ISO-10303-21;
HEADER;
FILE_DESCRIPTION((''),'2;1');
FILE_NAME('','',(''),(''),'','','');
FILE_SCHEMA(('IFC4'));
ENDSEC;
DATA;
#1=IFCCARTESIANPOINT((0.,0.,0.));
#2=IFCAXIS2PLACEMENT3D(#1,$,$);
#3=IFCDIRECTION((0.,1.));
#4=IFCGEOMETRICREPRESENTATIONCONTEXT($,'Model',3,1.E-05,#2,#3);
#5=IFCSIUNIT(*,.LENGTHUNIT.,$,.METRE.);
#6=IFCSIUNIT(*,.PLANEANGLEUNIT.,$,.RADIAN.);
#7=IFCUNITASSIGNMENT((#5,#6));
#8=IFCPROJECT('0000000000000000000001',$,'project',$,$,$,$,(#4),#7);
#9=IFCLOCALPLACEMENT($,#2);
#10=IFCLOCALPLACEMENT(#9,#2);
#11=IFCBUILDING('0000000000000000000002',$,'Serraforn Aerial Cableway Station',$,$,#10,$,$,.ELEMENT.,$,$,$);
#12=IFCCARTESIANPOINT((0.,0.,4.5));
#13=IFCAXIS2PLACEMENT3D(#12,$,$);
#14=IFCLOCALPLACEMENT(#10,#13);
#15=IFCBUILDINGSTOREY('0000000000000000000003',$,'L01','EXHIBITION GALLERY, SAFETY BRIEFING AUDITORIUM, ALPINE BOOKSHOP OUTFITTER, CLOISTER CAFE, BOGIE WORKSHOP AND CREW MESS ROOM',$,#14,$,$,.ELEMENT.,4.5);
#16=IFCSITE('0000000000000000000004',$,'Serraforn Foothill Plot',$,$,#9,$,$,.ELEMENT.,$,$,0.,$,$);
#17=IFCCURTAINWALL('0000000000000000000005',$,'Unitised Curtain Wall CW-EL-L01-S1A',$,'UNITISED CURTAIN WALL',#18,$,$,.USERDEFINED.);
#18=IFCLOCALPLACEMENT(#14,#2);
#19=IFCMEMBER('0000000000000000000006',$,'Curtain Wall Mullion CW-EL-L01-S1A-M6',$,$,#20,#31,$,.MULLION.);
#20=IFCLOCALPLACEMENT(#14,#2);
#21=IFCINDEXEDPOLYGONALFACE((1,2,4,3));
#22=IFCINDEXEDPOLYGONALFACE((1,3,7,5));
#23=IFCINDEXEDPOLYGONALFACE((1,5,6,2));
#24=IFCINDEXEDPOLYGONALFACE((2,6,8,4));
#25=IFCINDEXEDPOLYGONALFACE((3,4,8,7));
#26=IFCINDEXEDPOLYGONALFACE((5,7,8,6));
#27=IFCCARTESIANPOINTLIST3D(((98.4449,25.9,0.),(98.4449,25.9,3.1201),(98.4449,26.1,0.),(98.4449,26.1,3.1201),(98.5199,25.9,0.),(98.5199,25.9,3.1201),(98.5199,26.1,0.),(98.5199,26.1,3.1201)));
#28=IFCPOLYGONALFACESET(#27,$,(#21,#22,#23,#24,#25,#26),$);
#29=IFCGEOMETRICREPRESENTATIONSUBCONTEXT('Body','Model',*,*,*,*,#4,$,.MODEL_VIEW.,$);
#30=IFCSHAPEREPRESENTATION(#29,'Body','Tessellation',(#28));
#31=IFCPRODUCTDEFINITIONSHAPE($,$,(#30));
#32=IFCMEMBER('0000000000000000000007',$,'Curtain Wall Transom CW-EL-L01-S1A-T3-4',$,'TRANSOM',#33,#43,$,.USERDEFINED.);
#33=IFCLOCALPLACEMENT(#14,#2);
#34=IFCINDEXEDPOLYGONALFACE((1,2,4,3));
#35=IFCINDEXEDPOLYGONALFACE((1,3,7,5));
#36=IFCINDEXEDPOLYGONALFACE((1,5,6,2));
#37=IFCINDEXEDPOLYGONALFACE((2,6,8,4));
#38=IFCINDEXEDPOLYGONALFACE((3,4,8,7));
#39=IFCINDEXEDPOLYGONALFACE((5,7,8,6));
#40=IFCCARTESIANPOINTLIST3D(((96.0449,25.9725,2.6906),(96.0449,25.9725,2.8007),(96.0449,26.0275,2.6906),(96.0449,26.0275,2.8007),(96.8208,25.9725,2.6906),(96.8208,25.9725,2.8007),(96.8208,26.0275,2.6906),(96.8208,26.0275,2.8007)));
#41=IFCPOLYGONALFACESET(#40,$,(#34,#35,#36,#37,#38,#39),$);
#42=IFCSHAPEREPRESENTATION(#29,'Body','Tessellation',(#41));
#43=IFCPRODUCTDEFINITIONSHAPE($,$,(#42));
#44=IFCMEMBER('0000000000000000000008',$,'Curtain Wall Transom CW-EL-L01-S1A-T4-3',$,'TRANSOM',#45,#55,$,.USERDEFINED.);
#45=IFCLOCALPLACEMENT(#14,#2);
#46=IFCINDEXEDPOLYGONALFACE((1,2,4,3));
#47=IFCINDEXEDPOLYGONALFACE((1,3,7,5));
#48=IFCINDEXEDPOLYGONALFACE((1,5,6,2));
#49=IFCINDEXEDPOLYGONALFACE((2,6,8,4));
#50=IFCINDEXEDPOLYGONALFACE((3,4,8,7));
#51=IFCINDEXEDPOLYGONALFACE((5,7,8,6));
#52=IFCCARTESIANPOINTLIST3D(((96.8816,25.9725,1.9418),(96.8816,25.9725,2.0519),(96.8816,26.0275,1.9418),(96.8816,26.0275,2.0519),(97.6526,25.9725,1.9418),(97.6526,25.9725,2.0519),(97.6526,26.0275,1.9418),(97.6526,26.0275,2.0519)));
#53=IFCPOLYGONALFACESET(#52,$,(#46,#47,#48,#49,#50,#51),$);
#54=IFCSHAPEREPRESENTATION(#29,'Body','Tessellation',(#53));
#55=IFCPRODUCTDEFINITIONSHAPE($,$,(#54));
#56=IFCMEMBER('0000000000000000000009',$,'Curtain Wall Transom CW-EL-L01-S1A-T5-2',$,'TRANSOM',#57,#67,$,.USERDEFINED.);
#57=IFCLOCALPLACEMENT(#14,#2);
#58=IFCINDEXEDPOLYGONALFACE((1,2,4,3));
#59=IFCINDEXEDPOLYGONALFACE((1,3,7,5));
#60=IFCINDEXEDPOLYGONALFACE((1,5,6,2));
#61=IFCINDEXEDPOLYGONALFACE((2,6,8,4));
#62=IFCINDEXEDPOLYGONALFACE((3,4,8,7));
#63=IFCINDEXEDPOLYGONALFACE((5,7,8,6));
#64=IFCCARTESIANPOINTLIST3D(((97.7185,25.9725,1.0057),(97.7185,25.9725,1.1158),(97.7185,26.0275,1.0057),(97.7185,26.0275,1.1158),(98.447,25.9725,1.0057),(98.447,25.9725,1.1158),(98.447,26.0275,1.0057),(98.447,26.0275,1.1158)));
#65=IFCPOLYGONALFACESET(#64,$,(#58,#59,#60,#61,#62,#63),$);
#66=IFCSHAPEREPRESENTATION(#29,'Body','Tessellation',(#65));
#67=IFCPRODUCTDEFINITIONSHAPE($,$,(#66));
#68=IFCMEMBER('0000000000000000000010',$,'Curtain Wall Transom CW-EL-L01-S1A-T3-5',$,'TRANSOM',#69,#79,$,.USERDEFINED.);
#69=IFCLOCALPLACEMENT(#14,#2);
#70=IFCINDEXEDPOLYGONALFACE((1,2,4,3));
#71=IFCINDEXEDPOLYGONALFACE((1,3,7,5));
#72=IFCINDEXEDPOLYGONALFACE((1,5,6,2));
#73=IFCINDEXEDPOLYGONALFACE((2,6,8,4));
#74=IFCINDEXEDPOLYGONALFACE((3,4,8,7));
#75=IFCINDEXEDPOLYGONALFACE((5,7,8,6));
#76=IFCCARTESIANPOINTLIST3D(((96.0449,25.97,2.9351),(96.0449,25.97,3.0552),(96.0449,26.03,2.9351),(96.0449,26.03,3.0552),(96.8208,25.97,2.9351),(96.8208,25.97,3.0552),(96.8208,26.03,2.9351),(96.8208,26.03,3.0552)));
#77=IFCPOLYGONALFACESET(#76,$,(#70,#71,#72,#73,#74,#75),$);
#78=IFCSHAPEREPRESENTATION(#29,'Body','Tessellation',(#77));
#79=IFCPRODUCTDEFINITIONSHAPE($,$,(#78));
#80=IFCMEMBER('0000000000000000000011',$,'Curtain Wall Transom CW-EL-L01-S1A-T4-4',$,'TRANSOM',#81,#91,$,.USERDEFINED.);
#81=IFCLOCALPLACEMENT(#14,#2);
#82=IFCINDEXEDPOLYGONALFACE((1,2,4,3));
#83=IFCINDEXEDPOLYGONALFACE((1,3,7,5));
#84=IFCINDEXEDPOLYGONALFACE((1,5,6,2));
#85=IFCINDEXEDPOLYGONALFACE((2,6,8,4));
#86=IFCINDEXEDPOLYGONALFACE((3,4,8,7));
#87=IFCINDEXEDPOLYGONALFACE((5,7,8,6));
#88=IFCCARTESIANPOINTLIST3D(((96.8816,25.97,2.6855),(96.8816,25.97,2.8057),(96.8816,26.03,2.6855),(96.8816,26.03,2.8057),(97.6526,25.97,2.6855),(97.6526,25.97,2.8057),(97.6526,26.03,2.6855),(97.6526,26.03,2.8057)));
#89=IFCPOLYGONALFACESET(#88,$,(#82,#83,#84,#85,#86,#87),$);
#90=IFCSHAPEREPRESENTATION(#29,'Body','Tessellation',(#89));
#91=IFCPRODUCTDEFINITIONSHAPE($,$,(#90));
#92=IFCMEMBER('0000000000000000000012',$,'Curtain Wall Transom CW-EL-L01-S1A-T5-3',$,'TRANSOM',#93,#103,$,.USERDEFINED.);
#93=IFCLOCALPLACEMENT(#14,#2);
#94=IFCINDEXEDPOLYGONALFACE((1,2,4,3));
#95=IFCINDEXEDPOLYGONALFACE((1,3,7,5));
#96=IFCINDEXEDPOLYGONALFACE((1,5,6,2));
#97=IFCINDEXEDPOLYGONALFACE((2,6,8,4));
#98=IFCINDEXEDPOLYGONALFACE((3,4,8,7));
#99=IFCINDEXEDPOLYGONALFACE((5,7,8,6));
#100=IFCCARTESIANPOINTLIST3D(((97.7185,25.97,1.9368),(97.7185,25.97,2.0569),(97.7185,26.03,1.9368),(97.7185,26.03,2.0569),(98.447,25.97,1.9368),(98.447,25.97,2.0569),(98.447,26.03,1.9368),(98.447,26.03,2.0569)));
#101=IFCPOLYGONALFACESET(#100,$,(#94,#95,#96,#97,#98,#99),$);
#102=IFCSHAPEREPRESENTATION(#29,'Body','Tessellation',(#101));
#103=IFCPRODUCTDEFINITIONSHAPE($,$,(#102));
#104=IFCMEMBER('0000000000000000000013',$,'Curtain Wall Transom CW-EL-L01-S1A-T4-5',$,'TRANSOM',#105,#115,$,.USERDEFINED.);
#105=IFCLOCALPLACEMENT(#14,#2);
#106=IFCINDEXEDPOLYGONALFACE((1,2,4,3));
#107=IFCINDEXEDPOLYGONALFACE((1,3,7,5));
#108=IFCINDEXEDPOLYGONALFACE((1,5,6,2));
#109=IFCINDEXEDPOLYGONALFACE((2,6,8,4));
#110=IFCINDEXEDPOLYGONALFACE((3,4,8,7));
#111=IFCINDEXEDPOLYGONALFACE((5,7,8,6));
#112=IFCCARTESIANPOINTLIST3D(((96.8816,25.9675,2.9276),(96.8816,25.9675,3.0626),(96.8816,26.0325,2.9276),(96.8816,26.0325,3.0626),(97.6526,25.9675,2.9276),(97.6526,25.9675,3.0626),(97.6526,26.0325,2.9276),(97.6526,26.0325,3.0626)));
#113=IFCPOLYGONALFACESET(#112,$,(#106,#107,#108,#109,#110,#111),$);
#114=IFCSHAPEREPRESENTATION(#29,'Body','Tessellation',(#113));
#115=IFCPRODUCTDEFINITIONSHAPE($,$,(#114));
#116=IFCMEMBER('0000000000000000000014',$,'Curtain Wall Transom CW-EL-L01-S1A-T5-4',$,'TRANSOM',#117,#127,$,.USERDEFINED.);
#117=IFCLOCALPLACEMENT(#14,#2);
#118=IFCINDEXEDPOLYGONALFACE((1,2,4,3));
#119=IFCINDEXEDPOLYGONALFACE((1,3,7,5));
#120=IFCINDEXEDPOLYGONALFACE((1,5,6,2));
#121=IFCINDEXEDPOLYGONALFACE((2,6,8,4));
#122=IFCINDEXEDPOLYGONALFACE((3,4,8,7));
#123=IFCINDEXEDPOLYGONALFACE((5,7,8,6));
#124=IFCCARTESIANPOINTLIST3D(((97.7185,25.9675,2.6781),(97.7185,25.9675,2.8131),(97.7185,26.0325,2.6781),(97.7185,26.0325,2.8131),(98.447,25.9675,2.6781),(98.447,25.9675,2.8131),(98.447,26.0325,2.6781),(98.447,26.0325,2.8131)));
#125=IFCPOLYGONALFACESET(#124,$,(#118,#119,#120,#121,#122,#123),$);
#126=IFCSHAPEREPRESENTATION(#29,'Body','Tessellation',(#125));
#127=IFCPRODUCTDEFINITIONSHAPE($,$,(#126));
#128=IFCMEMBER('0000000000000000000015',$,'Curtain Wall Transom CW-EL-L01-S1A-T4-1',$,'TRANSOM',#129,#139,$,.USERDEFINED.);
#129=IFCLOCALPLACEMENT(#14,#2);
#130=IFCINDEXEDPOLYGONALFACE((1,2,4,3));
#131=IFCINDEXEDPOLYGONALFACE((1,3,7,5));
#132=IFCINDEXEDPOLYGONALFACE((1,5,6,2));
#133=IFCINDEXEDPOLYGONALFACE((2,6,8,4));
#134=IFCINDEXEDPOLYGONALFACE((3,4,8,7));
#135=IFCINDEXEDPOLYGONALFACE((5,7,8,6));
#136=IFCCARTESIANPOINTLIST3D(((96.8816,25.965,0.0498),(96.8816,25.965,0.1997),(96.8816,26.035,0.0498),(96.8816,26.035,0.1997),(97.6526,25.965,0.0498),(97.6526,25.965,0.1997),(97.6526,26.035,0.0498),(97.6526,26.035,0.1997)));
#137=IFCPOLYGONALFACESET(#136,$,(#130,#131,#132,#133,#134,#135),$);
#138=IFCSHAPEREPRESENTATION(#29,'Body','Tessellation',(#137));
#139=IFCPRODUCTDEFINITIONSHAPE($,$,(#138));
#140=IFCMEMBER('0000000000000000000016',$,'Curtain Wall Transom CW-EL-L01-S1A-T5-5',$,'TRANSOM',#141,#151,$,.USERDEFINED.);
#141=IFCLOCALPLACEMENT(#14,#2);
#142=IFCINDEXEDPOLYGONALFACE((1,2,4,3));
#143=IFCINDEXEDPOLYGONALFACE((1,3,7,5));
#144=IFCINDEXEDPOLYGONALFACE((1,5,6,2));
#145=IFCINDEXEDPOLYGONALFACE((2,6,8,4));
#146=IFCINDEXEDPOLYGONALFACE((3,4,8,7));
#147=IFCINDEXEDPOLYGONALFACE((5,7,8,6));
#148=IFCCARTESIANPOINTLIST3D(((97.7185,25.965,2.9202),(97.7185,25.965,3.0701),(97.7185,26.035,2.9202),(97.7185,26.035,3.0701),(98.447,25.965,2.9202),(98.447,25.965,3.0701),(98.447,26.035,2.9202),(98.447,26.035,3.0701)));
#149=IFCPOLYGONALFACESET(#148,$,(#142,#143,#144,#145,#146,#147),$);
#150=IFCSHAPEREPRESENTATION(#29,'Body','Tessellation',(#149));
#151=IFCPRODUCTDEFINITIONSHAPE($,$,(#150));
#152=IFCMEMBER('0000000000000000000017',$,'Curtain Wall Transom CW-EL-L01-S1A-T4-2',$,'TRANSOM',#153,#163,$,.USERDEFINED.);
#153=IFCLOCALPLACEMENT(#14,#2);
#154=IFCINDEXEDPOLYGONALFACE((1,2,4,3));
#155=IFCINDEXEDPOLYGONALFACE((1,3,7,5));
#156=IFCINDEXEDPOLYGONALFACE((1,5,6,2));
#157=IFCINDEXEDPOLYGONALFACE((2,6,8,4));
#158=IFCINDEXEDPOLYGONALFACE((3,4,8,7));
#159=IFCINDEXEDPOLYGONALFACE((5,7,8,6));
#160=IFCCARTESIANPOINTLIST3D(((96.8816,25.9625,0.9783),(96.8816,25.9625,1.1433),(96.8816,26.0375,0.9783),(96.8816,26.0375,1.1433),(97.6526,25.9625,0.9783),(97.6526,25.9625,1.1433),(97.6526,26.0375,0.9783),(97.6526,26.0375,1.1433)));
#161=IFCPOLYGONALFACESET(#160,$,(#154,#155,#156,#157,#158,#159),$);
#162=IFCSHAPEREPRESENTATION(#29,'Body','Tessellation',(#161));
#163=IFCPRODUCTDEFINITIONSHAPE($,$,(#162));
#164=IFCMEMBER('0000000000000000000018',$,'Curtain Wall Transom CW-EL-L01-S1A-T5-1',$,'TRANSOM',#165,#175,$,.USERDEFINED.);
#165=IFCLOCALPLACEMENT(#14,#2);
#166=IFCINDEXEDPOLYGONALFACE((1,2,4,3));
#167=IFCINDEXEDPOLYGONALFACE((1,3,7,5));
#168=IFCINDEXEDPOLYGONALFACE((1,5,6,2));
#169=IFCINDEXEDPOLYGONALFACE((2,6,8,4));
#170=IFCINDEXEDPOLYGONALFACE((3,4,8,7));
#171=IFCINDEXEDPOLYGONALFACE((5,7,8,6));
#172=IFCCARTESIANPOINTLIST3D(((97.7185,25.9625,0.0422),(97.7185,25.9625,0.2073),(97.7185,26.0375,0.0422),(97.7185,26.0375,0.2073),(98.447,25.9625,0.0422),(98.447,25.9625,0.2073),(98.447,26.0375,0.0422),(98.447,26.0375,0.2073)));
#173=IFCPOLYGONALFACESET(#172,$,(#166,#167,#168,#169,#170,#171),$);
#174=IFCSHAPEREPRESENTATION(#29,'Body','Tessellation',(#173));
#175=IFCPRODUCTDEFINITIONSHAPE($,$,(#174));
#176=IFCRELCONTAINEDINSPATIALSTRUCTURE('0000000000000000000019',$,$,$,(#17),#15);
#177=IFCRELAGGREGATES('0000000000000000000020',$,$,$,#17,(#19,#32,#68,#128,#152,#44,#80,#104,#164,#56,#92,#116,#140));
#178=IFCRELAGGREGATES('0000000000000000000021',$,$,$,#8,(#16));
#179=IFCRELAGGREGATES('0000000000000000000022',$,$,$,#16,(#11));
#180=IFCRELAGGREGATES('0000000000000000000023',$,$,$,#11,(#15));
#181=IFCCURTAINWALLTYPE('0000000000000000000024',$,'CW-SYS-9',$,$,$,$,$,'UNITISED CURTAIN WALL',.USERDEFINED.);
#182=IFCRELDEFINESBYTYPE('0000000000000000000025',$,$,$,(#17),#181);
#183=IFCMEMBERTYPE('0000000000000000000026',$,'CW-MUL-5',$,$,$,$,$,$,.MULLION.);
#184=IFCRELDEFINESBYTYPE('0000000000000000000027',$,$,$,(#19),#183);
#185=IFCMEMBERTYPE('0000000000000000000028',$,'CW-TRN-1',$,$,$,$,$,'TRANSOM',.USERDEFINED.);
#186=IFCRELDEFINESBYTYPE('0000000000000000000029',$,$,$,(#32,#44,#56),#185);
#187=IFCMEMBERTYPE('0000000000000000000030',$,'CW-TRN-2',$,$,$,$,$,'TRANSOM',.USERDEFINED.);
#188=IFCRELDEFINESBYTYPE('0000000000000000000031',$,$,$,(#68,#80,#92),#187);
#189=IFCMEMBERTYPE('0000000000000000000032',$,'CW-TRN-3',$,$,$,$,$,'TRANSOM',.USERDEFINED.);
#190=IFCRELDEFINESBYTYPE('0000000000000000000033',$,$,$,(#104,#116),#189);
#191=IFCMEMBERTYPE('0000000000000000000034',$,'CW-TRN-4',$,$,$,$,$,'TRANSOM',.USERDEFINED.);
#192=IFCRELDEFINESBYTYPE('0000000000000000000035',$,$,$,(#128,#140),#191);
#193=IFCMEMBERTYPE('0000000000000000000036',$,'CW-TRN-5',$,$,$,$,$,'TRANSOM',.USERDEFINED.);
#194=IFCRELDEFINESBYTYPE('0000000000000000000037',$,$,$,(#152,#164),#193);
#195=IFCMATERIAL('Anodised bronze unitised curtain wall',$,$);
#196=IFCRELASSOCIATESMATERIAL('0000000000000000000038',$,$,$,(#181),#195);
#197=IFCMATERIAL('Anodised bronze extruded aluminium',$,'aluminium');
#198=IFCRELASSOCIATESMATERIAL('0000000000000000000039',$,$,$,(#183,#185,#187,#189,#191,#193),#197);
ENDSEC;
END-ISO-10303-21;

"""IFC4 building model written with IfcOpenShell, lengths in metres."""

from ifc_helpers import new_model, si_unit, direction, frame, origin, origin_2d, place, context, subcontext, project, spatial, rectangle, extrude, material, material_profile, profile_set, type_object, element, aggregate, save


model = new_model("IFC4")

# Units and contexts
model_context = context("Model", 3, precision=1e-05, world=origin(), true_north=direction((0.0, 1.0)))
body_context = subcontext(model_context, "Body", "Model", "MODEL_VIEW")
ifc_project = project(units=[si_unit("LENGTHUNIT", "METRE"), si_unit("PLANEANGLEUNIT", "RADIAN")], contexts=[model_context])

# Site, building, storey
site_placement = place(None, origin())
site = spatial("IfcSite", under=ifc_project, at=site_placement, Name="Serraforn Foothill Plot", CompositionType="ELEMENT", RefElevation=0.0)
building_placement = place(site_placement, origin())
building = spatial("IfcBuilding", under=site, at=building_placement, Name="Serraforn Aerial Cableway Station", CompositionType="ELEMENT")
storey_placement = place(building_placement, frame((0.0, 0.0, 4.5)))
storey = spatial("IfcBuildingStorey", under=building, at=storey_placement, Name="L01", Description="EXHIBITION GALLERY, SAFETY BRIEFING AUDITORIUM, ALPINE BOOKSHOP OUTFITTER, CLOISTER CAFE, BOGIE WORKSHOP AND CREW MESS ROOM", CompositionType="ELEMENT", Elevation=4.5)

# Shared definitions
ifc_material_1 = material(Name="Anodised bronze unitised curtain wall")
ifc_material_2 = material(Name="Anodised bronze extruded aluminium", Category="aluminium")

# Curtain wall, members
curtain_wall_type_1 = type_object("IfcCurtainWallType", Name="CW-SYS-9", ElementType="UNITISED CURTAIN WALL", PredefinedType="USERDEFINED", material=ifc_material_1)
curtain_wall_1_placement = place(storey_placement, origin())
curtain_wall_1 = element("IfcCurtainWall", 1, at=curtain_wall_1_placement, inside=storey, type_object=curtain_wall_type_1, Name="Unitised Curtain Wall CW-EL-L01-S1A", ObjectType="UNITISED CURTAIN WALL", PredefinedType="USERDEFINED")
ifc_material_profile_1 = material_profile(ifc_material_2, rectangle(XDim=0.075, YDim=0.2, at=origin_2d()), Name="CW MULLION 75x200")
ifc_profile_set_1 = profile_set([ifc_material_profile_1], Name="Anodised bronze extruded aluminium")
member_type_1 = type_object("IfcMemberType", Name="CW-MUL-5", PredefinedType="MULLION", material=ifc_profile_set_1)
member_1_placement = place(storey_placement, frame((98.4824, 26.0, 0.0), z_axis=(0.0, 0.0, 1.0), x_axis=(1.0, 0.0, 0.0)))
member_1 = element("IfcMember", 2, at=member_1_placement, type_object=member_type_1, Name="Curtain Wall Mullion CW-EL-L01-S1A-M6", PredefinedType="MULLION", context=body_context, shape_type="SweptSolid", body=[
    extrude(rectangle(XDim=0.075, YDim=0.2, at=origin_2d()), origin(), (0.0, 0.0, 1.0), 3.1201),
])
ifc_material_profile_2 = material_profile(ifc_material_2, rectangle(XDim=0.0549, YDim=0.1101, at=origin_2d()), Name="CW TRANSOM 55x110")
ifc_profile_set_2 = profile_set([ifc_material_profile_2], Name="Anodised bronze extruded aluminium")
member_type_2 = type_object("IfcMemberType", Name="CW-TRN-1", ElementType="TRANSOM", PredefinedType="USERDEFINED", material=ifc_profile_set_2)
member_2_placement = place(storey_placement, frame((96.0449, 26.0, 2.7456), z_axis=(1.0, 0.0, 0.0), x_axis=(0.0, 1.0, 0.0)))
member_2 = element("IfcMember", 3, at=member_2_placement, type_object=member_type_2, Name="Curtain Wall Transom CW-EL-L01-S1A-T3-4", ObjectType="TRANSOM", PredefinedType="USERDEFINED", context=body_context, shape_type="SweptSolid", body=[
    extrude(rectangle(XDim=0.0549, YDim=0.1101, at=origin_2d()), origin(), (0.0, 0.0, 1.0), 0.7759),
])
member_3_placement = place(storey_placement, frame((96.8816, 26.0, 1.9968), z_axis=(1.0, 0.0, 0.0), x_axis=(0.0, 1.0, 0.0)))
member_3 = element("IfcMember", 4, at=member_3_placement, type_object=member_type_2, Name="Curtain Wall Transom CW-EL-L01-S1A-T4-3", ObjectType="TRANSOM", PredefinedType="USERDEFINED", context=body_context, shape_type="SweptSolid", body=[
    extrude(rectangle(XDim=0.0549, YDim=0.1101, at=origin_2d()), origin(), (0.0, 0.0, 1.0), 0.771),
])
member_4_placement = place(storey_placement, frame((97.7185, 26.0, 1.0608), z_axis=(1.0, 0.0, 0.0), x_axis=(0.0, 1.0, 0.0)))
member_4 = element("IfcMember", 5, at=member_4_placement, type_object=member_type_2, Name="Curtain Wall Transom CW-EL-L01-S1A-T5-2", ObjectType="TRANSOM", PredefinedType="USERDEFINED", context=body_context, shape_type="SweptSolid", body=[
    extrude(rectangle(XDim=0.0549, YDim=0.1101, at=origin_2d()), origin(), (0.0, 0.0, 1.0), 0.7285),
])
ifc_material_profile_3 = material_profile(ifc_material_2, rectangle(XDim=0.0601, YDim=0.1201, at=origin_2d()), Name="CW TRANSOM 60x120")
ifc_profile_set_3 = profile_set([ifc_material_profile_3], Name="Anodised bronze extruded aluminium")
member_type_3 = type_object("IfcMemberType", Name="CW-TRN-2", ElementType="TRANSOM", PredefinedType="USERDEFINED", material=ifc_profile_set_3)
member_5_placement = place(storey_placement, frame((96.0449, 26.0, 2.9951), z_axis=(1.0, 0.0, 0.0), x_axis=(0.0, 1.0, 0.0)))
member_5 = element("IfcMember", 6, at=member_5_placement, type_object=member_type_3, Name="Curtain Wall Transom CW-EL-L01-S1A-T3-5", ObjectType="TRANSOM", PredefinedType="USERDEFINED", context=body_context, shape_type="SweptSolid", body=[
    extrude(rectangle(XDim=0.0601, YDim=0.1201, at=origin_2d()), origin(), (0.0, 0.0, 1.0), 0.7759),
])
member_6_placement = place(storey_placement, frame((96.8816, 26.0, 2.7456), z_axis=(1.0, 0.0, 0.0), x_axis=(0.0, 1.0, 0.0)))
member_6 = element("IfcMember", 7, at=member_6_placement, type_object=member_type_3, Name="Curtain Wall Transom CW-EL-L01-S1A-T4-4", ObjectType="TRANSOM", PredefinedType="USERDEFINED", context=body_context, shape_type="SweptSolid", body=[
    extrude(rectangle(XDim=0.0601, YDim=0.1201, at=origin_2d()), origin(), (0.0, 0.0, 1.0), 0.771),
])
member_7_placement = place(storey_placement, frame((97.7185, 26.0, 1.9968), z_axis=(1.0, 0.0, 0.0), x_axis=(0.0, 1.0, 0.0)))
member_7 = element("IfcMember", 8, at=member_7_placement, type_object=member_type_3, Name="Curtain Wall Transom CW-EL-L01-S1A-T5-3", ObjectType="TRANSOM", PredefinedType="USERDEFINED", context=body_context, shape_type="SweptSolid", body=[
    extrude(rectangle(XDim=0.0601, YDim=0.1201, at=origin_2d()), origin(), (0.0, 0.0, 1.0), 0.7285),
])
ifc_material_profile_4 = material_profile(ifc_material_2, rectangle(XDim=0.0649, YDim=0.135, at=origin_2d()), Name="CW TRANSOM 65x135")
ifc_profile_set_4 = profile_set([ifc_material_profile_4], Name="Anodised bronze extruded aluminium")
member_type_4 = type_object("IfcMemberType", Name="CW-TRN-3", ElementType="TRANSOM", PredefinedType="USERDEFINED", material=ifc_profile_set_4)
member_8_placement = place(storey_placement, frame((96.8816, 26.0, 2.9951), z_axis=(1.0, 0.0, 0.0), x_axis=(0.0, 1.0, 0.0)))
member_8 = element("IfcMember", 9, at=member_8_placement, type_object=member_type_4, Name="Curtain Wall Transom CW-EL-L01-S1A-T4-5", ObjectType="TRANSOM", PredefinedType="USERDEFINED", context=body_context, shape_type="SweptSolid", body=[
    extrude(rectangle(XDim=0.0649, YDim=0.135, at=origin_2d()), origin(), (0.0, 0.0, 1.0), 0.771),
])
member_9_placement = place(storey_placement, frame((97.7185, 26.0, 2.7456), z_axis=(1.0, 0.0, 0.0), x_axis=(0.0, 1.0, 0.0)))
member_9 = element("IfcMember", 10, at=member_9_placement, type_object=member_type_4, Name="Curtain Wall Transom CW-EL-L01-S1A-T5-4", ObjectType="TRANSOM", PredefinedType="USERDEFINED", context=body_context, shape_type="SweptSolid", body=[
    extrude(rectangle(XDim=0.0649, YDim=0.135, at=origin_2d()), origin(), (0.0, 0.0, 1.0), 0.7285),
])
ifc_material_profile_5 = material_profile(ifc_material_2, rectangle(XDim=0.0701, YDim=0.1499, at=origin_2d()), Name="CW TRANSOM 70x150")
ifc_profile_set_5 = profile_set([ifc_material_profile_5], Name="Anodised bronze extruded aluminium")
member_type_5 = type_object("IfcMemberType", Name="CW-TRN-4", ElementType="TRANSOM", PredefinedType="USERDEFINED", material=ifc_profile_set_5)
member_10_placement = place(storey_placement, frame((96.8816, 26.0, 0.1248), z_axis=(1.0, 0.0, 0.0), x_axis=(0.0, 1.0, 0.0)))
member_10 = element("IfcMember", 11, at=member_10_placement, type_object=member_type_5, Name="Curtain Wall Transom CW-EL-L01-S1A-T4-1", ObjectType="TRANSOM", PredefinedType="USERDEFINED", context=body_context, shape_type="SweptSolid", body=[
    extrude(rectangle(XDim=0.0701, YDim=0.1499, at=origin_2d()), origin(), (0.0, 0.0, 1.0), 0.771),
])
member_11_placement = place(storey_placement, frame((97.7185, 26.0, 2.9951), z_axis=(1.0, 0.0, 0.0), x_axis=(0.0, 1.0, 0.0)))
member_11 = element("IfcMember", 12, at=member_11_placement, type_object=member_type_5, Name="Curtain Wall Transom CW-EL-L01-S1A-T5-5", ObjectType="TRANSOM", PredefinedType="USERDEFINED", context=body_context, shape_type="SweptSolid", body=[
    extrude(rectangle(XDim=0.0701, YDim=0.1499, at=origin_2d()), origin(), (0.0, 0.0, 1.0), 0.7285),
])
ifc_material_profile_6 = material_profile(ifc_material_2, rectangle(XDim=0.075, YDim=0.165, at=origin_2d()), Name="CW TRANSOM 75x165")
ifc_profile_set_6 = profile_set([ifc_material_profile_6], Name="Anodised bronze extruded aluminium")
member_type_6 = type_object("IfcMemberType", Name="CW-TRN-5", ElementType="TRANSOM", PredefinedType="USERDEFINED", material=ifc_profile_set_6)
member_12_placement = place(storey_placement, frame((96.8816, 26.0, 1.0608), z_axis=(1.0, 0.0, 0.0), x_axis=(0.0, 1.0, 0.0)))
member_12 = element("IfcMember", 13, at=member_12_placement, type_object=member_type_6, Name="Curtain Wall Transom CW-EL-L01-S1A-T4-2", ObjectType="TRANSOM", PredefinedType="USERDEFINED", context=body_context, shape_type="SweptSolid", body=[
    extrude(rectangle(XDim=0.075, YDim=0.165, at=origin_2d()), origin(), (0.0, 0.0, 1.0), 0.771),
])
member_13_placement = place(storey_placement, frame((97.7185, 26.0, 0.1248), z_axis=(1.0, 0.0, 0.0), x_axis=(0.0, 1.0, 0.0)))
member_13 = element("IfcMember", 14, at=member_13_placement, type_object=member_type_6, Name="Curtain Wall Transom CW-EL-L01-S1A-T5-1", ObjectType="TRANSOM", PredefinedType="USERDEFINED", context=body_context, shape_type="SweptSolid", body=[
    extrude(rectangle(XDim=0.075, YDim=0.165, at=origin_2d()), origin(), (0.0, 0.0, 1.0), 0.7285),
])
aggregate(curtain_wall_1, [member_1, member_2, member_5, member_10, member_12, member_3, member_6, member_8, member_13, member_4, member_7, member_9, member_11])

save(model, "model.ifc")
